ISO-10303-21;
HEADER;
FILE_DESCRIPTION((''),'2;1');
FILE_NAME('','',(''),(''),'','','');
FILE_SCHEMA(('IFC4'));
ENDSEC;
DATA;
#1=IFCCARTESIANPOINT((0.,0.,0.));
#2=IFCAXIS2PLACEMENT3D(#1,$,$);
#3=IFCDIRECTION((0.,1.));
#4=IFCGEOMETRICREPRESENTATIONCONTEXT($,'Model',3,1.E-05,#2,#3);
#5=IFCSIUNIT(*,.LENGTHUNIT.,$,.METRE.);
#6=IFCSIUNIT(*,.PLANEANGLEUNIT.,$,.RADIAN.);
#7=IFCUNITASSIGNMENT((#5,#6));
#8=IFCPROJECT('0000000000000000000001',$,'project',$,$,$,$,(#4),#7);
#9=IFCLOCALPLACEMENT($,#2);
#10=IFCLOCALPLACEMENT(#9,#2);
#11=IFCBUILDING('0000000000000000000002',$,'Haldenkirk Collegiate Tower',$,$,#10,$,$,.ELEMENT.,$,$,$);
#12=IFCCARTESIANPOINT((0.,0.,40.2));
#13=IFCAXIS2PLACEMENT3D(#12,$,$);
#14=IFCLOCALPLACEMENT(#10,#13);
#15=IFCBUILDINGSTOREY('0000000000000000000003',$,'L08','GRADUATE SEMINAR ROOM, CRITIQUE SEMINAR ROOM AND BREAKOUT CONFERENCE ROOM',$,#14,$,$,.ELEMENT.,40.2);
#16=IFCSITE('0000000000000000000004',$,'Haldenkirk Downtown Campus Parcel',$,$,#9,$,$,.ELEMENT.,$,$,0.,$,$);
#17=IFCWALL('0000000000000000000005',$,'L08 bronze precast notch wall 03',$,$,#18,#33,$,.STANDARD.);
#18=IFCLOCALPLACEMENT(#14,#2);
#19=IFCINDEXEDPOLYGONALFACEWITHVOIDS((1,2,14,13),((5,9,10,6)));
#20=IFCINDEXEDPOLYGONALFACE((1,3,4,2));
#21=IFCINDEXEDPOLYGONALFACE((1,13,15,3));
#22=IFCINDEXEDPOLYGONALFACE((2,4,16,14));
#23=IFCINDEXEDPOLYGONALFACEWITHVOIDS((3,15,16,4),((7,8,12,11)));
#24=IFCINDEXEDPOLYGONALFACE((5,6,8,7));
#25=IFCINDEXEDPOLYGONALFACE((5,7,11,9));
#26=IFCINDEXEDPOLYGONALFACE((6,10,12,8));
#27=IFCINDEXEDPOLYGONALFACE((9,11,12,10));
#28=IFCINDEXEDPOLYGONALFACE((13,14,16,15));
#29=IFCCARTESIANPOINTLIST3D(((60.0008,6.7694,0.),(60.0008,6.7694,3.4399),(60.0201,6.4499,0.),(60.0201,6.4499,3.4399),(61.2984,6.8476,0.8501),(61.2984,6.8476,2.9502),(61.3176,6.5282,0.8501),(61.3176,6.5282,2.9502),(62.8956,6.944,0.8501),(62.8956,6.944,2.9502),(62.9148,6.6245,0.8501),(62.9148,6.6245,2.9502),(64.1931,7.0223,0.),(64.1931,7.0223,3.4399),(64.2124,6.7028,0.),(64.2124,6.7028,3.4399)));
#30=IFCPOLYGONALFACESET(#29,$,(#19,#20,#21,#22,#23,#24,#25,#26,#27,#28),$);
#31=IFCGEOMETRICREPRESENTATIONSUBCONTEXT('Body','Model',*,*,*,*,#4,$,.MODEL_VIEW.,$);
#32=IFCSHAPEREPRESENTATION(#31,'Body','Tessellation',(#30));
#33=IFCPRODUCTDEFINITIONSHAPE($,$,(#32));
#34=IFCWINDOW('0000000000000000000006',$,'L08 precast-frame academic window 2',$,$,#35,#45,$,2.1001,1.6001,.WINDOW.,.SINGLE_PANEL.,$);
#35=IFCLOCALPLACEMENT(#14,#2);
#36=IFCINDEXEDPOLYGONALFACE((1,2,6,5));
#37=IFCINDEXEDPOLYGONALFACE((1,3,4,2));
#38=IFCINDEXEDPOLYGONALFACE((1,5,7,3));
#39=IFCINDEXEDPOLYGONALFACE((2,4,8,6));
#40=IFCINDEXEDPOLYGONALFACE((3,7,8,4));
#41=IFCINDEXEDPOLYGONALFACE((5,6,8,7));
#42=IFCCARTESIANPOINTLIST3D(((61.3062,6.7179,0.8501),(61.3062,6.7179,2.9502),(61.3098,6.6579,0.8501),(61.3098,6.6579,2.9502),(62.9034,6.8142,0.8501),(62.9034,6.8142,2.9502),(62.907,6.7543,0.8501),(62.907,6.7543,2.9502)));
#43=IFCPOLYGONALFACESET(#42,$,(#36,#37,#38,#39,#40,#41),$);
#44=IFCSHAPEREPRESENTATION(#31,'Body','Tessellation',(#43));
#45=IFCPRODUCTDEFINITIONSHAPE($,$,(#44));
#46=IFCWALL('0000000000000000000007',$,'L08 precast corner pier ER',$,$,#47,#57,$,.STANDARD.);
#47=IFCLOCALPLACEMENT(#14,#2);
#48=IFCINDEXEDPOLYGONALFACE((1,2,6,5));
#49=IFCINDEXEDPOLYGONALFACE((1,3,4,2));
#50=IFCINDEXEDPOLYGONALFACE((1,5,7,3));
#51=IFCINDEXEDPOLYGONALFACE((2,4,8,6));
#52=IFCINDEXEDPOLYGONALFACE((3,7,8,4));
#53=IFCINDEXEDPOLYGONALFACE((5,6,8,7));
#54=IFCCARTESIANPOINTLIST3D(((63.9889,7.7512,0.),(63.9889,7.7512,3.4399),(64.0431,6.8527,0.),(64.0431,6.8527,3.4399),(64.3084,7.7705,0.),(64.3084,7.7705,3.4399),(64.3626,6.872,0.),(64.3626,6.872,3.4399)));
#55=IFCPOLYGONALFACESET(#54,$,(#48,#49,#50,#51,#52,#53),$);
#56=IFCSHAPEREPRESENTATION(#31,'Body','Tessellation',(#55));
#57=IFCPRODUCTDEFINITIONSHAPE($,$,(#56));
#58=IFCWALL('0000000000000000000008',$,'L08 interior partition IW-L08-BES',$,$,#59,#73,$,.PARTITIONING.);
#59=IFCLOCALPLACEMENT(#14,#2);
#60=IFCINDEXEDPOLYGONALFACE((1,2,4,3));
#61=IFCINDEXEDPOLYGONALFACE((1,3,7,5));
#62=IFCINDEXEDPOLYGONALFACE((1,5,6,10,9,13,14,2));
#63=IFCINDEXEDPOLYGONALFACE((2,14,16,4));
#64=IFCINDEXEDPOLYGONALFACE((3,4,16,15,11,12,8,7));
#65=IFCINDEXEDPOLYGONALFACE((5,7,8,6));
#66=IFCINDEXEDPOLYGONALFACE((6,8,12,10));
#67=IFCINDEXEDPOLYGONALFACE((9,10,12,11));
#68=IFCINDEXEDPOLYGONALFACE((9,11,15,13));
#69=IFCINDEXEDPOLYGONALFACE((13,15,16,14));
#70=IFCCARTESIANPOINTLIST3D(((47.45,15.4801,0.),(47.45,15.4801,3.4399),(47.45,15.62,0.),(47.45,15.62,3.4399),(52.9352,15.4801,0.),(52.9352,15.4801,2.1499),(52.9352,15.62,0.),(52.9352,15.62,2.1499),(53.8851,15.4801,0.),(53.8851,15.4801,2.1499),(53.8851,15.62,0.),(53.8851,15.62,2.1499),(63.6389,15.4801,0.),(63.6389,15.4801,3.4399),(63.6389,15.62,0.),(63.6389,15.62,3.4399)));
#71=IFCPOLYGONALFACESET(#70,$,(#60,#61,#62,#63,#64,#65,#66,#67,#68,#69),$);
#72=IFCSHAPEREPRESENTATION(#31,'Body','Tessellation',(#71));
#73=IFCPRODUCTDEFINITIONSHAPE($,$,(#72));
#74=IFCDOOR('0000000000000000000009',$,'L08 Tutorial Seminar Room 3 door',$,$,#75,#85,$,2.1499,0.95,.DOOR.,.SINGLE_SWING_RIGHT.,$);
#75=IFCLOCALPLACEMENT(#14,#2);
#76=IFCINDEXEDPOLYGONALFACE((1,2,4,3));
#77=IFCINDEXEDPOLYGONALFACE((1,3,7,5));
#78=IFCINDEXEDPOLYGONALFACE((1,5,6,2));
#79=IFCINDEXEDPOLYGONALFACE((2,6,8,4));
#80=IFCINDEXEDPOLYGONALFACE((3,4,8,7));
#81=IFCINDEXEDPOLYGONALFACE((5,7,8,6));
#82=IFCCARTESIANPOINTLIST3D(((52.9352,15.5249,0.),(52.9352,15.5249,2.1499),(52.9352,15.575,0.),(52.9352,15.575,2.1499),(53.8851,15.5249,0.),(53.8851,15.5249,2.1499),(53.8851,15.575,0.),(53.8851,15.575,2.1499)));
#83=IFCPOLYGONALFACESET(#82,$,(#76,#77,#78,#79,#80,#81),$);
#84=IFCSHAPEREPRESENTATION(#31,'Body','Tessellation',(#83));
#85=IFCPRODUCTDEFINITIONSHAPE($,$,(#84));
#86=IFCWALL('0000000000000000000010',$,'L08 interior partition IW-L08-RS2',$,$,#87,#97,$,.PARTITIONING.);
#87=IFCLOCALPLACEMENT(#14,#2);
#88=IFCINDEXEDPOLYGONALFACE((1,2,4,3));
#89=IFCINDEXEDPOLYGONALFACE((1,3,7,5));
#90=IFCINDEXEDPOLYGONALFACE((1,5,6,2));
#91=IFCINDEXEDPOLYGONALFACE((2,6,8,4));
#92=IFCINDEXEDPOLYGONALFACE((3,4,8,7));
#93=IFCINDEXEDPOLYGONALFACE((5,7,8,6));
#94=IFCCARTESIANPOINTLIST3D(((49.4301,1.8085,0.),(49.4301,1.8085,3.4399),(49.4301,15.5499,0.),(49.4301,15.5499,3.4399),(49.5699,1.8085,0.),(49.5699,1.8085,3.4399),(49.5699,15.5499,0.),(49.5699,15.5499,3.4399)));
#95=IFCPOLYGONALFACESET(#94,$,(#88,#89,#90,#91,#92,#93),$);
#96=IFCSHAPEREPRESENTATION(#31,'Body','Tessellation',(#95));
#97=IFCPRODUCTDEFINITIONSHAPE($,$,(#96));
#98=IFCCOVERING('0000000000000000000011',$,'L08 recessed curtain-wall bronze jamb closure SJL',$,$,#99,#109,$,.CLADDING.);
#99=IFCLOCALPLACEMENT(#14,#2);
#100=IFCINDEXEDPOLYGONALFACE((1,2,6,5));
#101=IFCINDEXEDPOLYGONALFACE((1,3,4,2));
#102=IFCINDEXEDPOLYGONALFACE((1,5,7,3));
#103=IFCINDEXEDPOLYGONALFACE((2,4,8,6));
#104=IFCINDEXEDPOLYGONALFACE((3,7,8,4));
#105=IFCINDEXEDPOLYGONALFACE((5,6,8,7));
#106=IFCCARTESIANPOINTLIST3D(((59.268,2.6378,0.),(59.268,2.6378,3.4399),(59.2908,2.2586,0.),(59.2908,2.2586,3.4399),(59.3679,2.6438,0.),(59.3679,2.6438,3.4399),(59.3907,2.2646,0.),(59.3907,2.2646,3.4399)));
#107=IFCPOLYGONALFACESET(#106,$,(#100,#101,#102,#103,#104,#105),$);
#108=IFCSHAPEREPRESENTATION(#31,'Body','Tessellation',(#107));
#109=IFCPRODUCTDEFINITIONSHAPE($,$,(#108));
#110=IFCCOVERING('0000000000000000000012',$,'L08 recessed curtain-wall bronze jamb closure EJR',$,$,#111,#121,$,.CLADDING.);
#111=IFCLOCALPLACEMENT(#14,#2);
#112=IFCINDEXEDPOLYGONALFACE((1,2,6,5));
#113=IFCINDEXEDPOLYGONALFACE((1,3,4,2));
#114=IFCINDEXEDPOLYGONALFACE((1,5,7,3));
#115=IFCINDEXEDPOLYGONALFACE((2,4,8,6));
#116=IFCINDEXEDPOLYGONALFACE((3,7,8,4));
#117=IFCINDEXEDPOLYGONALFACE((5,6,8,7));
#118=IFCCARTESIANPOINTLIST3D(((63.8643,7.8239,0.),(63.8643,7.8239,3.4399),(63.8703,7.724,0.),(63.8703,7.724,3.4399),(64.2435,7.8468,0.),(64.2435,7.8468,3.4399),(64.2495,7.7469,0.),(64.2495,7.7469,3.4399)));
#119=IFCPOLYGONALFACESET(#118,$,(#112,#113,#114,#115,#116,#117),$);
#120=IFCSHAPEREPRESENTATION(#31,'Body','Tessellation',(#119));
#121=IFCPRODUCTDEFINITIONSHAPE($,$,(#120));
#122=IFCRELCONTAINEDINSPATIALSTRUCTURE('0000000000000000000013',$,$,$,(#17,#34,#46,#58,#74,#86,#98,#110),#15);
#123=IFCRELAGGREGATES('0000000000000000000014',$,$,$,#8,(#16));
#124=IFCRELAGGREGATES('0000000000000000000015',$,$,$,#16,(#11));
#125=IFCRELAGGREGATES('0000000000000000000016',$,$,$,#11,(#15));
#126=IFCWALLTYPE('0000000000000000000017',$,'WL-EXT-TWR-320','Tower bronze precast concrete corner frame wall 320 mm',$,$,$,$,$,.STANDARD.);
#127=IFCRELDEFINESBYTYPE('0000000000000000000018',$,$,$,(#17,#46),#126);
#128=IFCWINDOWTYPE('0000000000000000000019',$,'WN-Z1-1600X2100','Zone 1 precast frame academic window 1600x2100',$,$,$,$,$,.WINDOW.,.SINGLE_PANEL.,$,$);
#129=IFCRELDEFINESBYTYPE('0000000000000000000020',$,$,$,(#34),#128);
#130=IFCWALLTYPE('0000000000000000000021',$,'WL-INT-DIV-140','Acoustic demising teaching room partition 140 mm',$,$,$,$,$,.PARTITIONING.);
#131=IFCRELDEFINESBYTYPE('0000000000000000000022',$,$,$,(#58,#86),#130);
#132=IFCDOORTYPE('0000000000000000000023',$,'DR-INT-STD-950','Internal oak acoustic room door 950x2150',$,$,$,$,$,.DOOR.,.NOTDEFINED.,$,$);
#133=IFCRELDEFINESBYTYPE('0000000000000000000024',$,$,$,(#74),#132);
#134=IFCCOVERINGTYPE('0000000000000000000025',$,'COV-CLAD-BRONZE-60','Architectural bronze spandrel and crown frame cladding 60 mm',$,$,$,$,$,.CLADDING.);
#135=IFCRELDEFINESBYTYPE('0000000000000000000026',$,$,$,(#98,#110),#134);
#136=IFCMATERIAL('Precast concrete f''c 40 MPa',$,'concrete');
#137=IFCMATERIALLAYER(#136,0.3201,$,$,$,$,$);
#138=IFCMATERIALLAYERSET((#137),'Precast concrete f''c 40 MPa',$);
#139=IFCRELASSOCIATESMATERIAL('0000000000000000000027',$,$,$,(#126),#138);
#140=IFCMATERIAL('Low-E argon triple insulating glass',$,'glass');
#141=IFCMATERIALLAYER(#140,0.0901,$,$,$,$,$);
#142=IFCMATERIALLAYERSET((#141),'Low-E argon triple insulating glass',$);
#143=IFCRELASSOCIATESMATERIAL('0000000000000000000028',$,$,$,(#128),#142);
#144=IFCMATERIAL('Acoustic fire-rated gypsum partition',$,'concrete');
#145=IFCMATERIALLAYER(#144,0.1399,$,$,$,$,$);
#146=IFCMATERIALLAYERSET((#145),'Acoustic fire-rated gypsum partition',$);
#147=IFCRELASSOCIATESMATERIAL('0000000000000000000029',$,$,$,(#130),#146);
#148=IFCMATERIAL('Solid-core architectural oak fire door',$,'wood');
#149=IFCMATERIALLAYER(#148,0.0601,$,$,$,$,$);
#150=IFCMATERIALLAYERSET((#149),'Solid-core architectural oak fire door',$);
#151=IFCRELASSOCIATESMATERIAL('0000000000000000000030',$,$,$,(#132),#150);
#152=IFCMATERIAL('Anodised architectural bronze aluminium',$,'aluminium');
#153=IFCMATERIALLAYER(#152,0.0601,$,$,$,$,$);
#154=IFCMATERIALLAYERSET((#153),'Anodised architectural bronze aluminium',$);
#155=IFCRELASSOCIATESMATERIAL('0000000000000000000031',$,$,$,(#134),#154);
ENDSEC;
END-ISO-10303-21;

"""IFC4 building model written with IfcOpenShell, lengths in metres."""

from ifc_helpers import new_model, si_unit, direction, frame, frame_2d, origin, origin_2d, place, context, subcontext, project, spatial, rectangle, extrude, source, transform, mapped, material, layer, layer_set, type_object, element, fill, save


model = new_model("IFC4")

# Units and contexts
model_context = context("Model", 3, precision=1e-05, world=origin(), true_north=direction((0.0, 1.0)))
body_context = subcontext(model_context, "Body", "Model", "MODEL_VIEW")
ifc_project = project(units=[si_unit("LENGTHUNIT", "METRE"), si_unit("PLANEANGLEUNIT", "RADIAN")], contexts=[model_context])

# Site, building, storey
site_placement = place(None, origin())
site = spatial("IfcSite", under=ifc_project, at=site_placement, Name="Haldenkirk Downtown Campus Parcel", CompositionType="ELEMENT", RefElevation=0.0)
building_placement = place(site_placement, origin())
building = spatial("IfcBuilding", under=site, at=building_placement, Name="Haldenkirk Collegiate Tower", CompositionType="ELEMENT")
storey_placement = place(building_placement, frame((0.0, 0.0, 40.2)))
storey = spatial("IfcBuildingStorey", under=building, at=storey_placement, Name="L08", Description="GRADUATE SEMINAR ROOM, CRITIQUE SEMINAR ROOM AND BREAKOUT CONFERENCE ROOM", CompositionType="ELEMENT", Elevation=40.2)

# Shared definitions
ifc_material_1 = material(Name="Anodised architectural bronze aluminium", Category="aluminium")

# Shared definitions
ifc_material_2 = material(Name="Low-E argon triple insulating glass", Category="glass")

# Shared definitions
ifc_material_3 = material(Name="Precast concrete f'c 40 MPa", Category="concrete")
ifc_layer_1 = layer(ifc_material_3, 0.3201)
ifc_layer_set_1 = layer_set([ifc_layer_1], Name="Precast concrete f'c 40 MPa")
wall_type_1 = type_object("IfcWallType", Name="WL-EXT-TWR-320", Description="Tower bronze precast concrete corner frame wall 320 mm", PredefinedType="STANDARD", material=ifc_layer_set_1)

# Wall, opening, window
wall_1_placement = place(storey_placement, frame((64.2029, 6.8625, 0.0), z_axis=(0.0, 0.0, 1.0), x_axis=(-0.998185, -0.060221, 0.0)))
wall_1 = element("IfcWall", 1, at=wall_1_placement, inside=storey, type_object=wall_type_1, Name="L08 bronze precast notch wall 03", PredefinedType="STANDARD", context=body_context, shape_type="SweptSolid", body=[
    extrude(rectangle(XDim=4.2, YDim=0.3201, at=frame_2d((2.1001, 0.0))), origin(), (0.0, 0.0, 1.0), 3.4399),
])
opening_1_placement = place(wall_1_placement, frame((1.3, 0.0, 0.8501)))
opening_1 = element("IfcOpeningElement", 2, at=opening_1_placement, cuts=wall_1, PredefinedType="OPENING", context=body_context, shape_type="SweptSolid", body=[
    extrude(rectangle(XDim=1.6001, YDim=2.1001, at=frame_2d((0.8, 1.05))), frame((0.0, 0.1699, 0.0), z_axis=(0.0, -1.0, 0.0), x_axis=(1.0, 0.0, 0.0)), (0.0, 0.0, 1.0), 0.3401),
])
ifc_layer_2 = layer(ifc_material_2, 0.0901)
ifc_layer_set_2 = layer_set([ifc_layer_2], Name="Low-E argon triple insulating glass")
window_type = type_object("IfcWindowType", Name="WN-Z1-1600X2100", Description="Zone 1 precast frame academic window 1600x2100", PartitioningType="SINGLE_PANEL", PredefinedType="WINDOW", material=ifc_layer_set_2)
window_placement = place(opening_1_placement, origin())
window = element("IfcWindow", 3, at=window_placement, inside=storey, type_object=window_type, Name="L08 precast-frame academic window 2", OverallHeight=2.1001, OverallWidth=1.6001, PartitioningType="SINGLE_PANEL", PredefinedType="WINDOW", context=body_context, shape_type="SweptSolid", body=[
    extrude(rectangle(XDim=1.6001, YDim=2.1001, at=frame_2d((0.8, 1.05))), frame((0.0, 0.03, 0.0), z_axis=(0.0, -1.0, 0.0), x_axis=(1.0, 0.0, 0.0)), (0.0, 0.0, 1.0), 0.0601),
])
fill(opening_1, window)

# Wall
wall_2_placement = place(storey_placement, frame((64.1487, 7.761, 0.0), z_axis=(0.0, 0.0, 1.0), x_axis=(0.060217, -0.998185, 0.0)))
element("IfcWall", 4, at=wall_2_placement, inside=storey, type_object=wall_type_1, Name="L08 precast corner pier ER", PredefinedType="STANDARD", context=body_context, shape_type="SweptSolid", body=[
    extrude(rectangle(XDim=0.9001, YDim=0.3201, at=frame_2d((0.4502, 0.0))), origin(), (0.0, 0.0, 1.0), 3.4399),
])

# Wall, opening, door
ifc_material_4 = material(Name="Acoustic fire-rated gypsum partition", Category="concrete")
ifc_layer_3 = layer(ifc_material_4, 0.1399)
ifc_layer_set_3 = layer_set([ifc_layer_3], Name="Acoustic fire-rated gypsum partition")
wall_type_2 = type_object("IfcWallType", Name="WL-INT-DIV-140", Description="Acoustic demising teaching room partition 140 mm", PredefinedType="PARTITIONING", material=ifc_layer_set_3)
wall_3_placement = place(storey_placement, frame((47.45, 15.55, 0.0), z_axis=(0.0, 0.0, 1.0), x_axis=(1.0, 0.0, 0.0)))
wall_3 = element("IfcWall", 5, at=wall_3_placement, inside=storey, type_object=wall_type_2, Name="L08 interior partition IW-L08-BES", PredefinedType="PARTITIONING", context=body_context, shape_type="SweptSolid", body=[
    extrude(rectangle(XDim=16.189, YDim=0.1399, at=frame_2d((8.0945, 0.0))), origin(), (0.0, 0.0, 1.0), 3.4399),
])
opening_2_placement = place(wall_3_placement, frame((5.4851, 0.0, 0.0)))
opening_2 = element("IfcOpeningElement", 6, at=opening_2_placement, cuts=wall_3, PredefinedType="OPENING", context=body_context, shape_type="SweptSolid", body=[
    extrude(rectangle(XDim=0.95, YDim=2.1499, at=frame_2d((0.4751, 1.075))), frame((0.0, 0.0798, 0.0), z_axis=(0.0, -1.0, 0.0), x_axis=(1.0, 0.0, 0.0)), (0.0, 0.0, 1.0), 0.1599),
])
ifc_material_5 = material(Name="Solid-core architectural oak fire door", Category="wood")
ifc_layer_4 = layer(ifc_material_5, 0.0601)
ifc_layer_set_4 = layer_set([ifc_layer_4], Name="Solid-core architectural oak fire door")
door_type = type_object("IfcDoorType", Name="DR-INT-STD-950", Description="Internal oak acoustic room door 950x2150", OperationType="NOTDEFINED", PredefinedType="DOOR", material=ifc_layer_set_4)
door_placement = place(opening_2_placement, origin())
door = element("IfcDoor", 7, at=door_placement, inside=storey, type_object=door_type, Name="L08 Tutorial Seminar Room 3 door", OperationType="SINGLE_SWING_RIGHT", OverallHeight=2.1499, OverallWidth=0.95, PredefinedType="DOOR", context=body_context, shape_type="SweptSolid", body=[
    extrude(rectangle(XDim=0.95, YDim=2.1499, at=frame_2d((0.4751, 1.075))), frame((0.0, 0.0249, 0.0), z_axis=(0.0, -1.0, 0.0), x_axis=(1.0, 0.0, 0.0)), (0.0, 0.0, 1.0), 0.05),
])
fill(opening_2, door)

# Wall
wall_4_placement = place(storey_placement, frame((49.5, 1.8086, 0.0), z_axis=(0.0, 0.0, 1.0), x_axis=(0.0, 1.0, 0.0)))
element("IfcWall", 8, at=wall_4_placement, inside=storey, type_object=wall_type_2, Name="L08 interior partition IW-L08-RS2", PredefinedType="PARTITIONING", context=body_context, shape_type="SweptSolid", body=[
    extrude(rectangle(XDim=13.7415, YDim=0.1399, at=frame_2d((6.8706, 0.0))), origin(), (0.0, 0.0, 1.0), 3.4399),
])

# Coverings
ifc_layer_5 = layer(ifc_material_1, 0.0601)
ifc_layer_set_5 = layer_set([ifc_layer_5], Name="Anodised architectural bronze aluminium")
covering_type = type_object("IfcCoveringType", Name="COV-CLAD-BRONZE-60", Description="Architectural bronze spandrel and crown frame cladding 60 mm", PredefinedType="CLADDING", material=ifc_layer_set_5)
shared_shape_1 = source(origin(), body_context, "Body", "SweptSolid", [
    extrude(rectangle(XDim=0.1001, YDim=0.3799, at=origin_2d()), origin(), (0.0, 0.0, 1.0), 3.4399),
])
for number, where, z_axis, x_axis, name in (
    (9, (59.3293, 2.4512, 0.0), (0.0, 0.0, 1.0), (-0.998188, -0.060177, 0.0), "L08 recessed curtain-wall bronze jamb closure SJL"),
    (10, (64.0569, 7.7854, 0.0), (0.0, 0.0, 1.0), (0.060177, -0.998188, 0.0), "L08 recessed curtain-wall bronze jamb closure EJR"),
):
    element("IfcCovering", number, at=place(storey_placement, frame(where, z_axis=z_axis, x_axis=x_axis)), inside=storey, type_object=covering_type, Name=name, PredefinedType="CLADDING", context=body_context, shape_type="MappedRepresentation", body=[
        mapped(shared_shape_1, transform((0.0, 0.0, 0.0), x_axis=(1.0, 0.0, 0.0), y_axis=(0.0, 1.0, 0.0), z_axis=(0.0, 0.0, 1.0), scale=1.0)),
    ])

save(model, "model.ifc")
